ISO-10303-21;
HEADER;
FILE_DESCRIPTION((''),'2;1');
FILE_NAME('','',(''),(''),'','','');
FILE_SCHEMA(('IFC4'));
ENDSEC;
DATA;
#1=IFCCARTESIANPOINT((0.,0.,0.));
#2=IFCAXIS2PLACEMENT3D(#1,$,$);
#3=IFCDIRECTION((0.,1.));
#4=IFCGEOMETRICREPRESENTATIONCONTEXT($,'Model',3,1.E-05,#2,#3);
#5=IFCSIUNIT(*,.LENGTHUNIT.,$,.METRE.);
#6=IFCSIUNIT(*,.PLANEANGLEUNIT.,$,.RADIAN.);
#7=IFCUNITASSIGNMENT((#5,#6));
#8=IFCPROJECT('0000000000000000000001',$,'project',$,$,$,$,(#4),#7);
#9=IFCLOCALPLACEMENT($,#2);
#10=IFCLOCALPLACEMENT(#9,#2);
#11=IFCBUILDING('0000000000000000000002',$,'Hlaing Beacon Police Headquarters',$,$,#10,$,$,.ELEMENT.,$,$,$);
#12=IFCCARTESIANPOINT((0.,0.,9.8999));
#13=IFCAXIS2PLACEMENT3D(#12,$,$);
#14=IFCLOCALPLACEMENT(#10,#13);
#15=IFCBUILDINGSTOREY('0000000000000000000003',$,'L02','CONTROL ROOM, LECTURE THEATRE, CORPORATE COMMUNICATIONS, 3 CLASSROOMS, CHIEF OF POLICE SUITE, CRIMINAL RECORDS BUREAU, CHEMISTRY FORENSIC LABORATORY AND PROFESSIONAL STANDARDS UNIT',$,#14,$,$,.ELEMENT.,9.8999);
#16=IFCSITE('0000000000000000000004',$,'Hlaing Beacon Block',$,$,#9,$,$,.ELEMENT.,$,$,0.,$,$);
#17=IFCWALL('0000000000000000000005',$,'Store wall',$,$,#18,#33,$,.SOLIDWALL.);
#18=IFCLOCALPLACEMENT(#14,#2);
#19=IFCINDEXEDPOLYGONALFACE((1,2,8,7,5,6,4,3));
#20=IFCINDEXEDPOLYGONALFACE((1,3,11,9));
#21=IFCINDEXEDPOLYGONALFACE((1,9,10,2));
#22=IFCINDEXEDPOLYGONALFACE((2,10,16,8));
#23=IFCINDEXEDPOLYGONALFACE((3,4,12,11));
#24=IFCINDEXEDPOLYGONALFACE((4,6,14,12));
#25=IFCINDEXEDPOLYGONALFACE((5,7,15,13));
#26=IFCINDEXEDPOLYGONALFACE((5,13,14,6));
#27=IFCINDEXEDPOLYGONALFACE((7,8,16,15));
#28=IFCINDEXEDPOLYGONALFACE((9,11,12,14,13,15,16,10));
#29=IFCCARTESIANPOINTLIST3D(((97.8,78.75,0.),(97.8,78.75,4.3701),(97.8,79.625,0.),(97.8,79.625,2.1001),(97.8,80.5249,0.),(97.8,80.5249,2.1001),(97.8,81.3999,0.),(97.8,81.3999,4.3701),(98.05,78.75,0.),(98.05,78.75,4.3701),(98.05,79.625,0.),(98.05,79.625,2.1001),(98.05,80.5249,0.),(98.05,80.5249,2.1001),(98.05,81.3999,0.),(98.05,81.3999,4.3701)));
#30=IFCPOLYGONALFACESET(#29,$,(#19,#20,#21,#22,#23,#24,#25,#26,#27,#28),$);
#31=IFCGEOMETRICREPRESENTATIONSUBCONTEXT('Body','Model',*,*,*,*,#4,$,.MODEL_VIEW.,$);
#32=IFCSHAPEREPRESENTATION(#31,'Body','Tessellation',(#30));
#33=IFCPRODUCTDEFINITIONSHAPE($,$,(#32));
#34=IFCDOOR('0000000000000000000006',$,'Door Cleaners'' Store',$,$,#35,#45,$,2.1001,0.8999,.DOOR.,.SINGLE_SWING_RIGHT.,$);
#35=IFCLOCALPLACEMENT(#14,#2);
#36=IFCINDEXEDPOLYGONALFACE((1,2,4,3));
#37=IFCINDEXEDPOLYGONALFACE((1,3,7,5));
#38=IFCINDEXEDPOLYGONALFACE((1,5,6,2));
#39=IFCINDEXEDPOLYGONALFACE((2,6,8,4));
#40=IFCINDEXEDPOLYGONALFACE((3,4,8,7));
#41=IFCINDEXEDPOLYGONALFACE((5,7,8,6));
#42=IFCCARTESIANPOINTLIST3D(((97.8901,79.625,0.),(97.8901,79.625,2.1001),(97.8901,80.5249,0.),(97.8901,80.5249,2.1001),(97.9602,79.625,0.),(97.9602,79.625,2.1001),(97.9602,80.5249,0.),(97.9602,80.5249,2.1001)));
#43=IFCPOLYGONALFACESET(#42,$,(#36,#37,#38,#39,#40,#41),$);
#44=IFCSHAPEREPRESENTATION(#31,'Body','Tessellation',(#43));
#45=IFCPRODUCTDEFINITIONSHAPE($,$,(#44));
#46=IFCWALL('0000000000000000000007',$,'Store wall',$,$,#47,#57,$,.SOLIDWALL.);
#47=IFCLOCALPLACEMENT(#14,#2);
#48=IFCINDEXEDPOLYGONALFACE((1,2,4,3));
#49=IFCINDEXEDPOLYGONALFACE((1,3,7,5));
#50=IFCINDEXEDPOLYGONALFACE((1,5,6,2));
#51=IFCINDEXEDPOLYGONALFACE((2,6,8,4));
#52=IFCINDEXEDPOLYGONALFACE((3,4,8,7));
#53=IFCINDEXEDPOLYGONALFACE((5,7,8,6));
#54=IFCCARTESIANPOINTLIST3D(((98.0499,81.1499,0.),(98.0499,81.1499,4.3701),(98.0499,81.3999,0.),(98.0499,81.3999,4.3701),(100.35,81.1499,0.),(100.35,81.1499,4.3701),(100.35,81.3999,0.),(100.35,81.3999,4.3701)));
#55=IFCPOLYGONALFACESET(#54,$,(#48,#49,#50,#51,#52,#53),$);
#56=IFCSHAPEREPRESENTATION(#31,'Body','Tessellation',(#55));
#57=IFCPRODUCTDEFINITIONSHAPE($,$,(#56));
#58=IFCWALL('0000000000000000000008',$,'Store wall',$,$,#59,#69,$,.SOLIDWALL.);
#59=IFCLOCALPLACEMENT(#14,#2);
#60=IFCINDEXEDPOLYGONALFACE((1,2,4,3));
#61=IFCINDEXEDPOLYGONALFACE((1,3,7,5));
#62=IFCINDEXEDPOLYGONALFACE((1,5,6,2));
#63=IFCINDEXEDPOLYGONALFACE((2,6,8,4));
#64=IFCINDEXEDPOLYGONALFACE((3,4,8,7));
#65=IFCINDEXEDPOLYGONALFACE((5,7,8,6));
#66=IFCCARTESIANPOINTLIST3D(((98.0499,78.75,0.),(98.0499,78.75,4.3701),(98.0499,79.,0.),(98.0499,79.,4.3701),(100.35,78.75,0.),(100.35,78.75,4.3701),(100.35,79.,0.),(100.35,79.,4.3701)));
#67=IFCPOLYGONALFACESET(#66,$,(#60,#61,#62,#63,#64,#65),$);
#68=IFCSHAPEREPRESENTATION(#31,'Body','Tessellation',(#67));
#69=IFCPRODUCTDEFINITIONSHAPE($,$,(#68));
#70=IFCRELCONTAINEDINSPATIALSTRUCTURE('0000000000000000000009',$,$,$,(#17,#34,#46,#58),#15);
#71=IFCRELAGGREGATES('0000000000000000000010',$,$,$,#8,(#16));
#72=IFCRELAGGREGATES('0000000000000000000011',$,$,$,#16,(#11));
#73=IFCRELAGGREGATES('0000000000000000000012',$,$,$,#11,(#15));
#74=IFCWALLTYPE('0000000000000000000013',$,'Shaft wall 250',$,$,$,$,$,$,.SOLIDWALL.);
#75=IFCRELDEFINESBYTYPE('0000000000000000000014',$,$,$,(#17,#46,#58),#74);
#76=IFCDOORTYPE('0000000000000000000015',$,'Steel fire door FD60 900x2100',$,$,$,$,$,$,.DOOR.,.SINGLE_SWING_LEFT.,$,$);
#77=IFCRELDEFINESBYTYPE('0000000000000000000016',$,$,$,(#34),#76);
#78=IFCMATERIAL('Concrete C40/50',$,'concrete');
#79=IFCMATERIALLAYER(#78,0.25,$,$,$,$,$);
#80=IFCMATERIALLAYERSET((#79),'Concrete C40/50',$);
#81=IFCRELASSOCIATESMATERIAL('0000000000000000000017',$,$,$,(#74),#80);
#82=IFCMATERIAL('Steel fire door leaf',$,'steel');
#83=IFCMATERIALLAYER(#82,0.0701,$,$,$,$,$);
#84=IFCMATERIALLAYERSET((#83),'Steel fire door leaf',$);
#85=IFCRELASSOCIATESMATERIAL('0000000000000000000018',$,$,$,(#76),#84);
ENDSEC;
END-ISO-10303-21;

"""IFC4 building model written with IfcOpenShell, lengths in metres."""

from ifc_helpers import new_model, si_unit, direction, frame, frame_2d, origin, place, context, subcontext, project, spatial, rectangle, extrude, material, layer, layer_set, type_object, element, fill, save


model = new_model("IFC4")

# Units and contexts
model_context = context("Model", 3, precision=1e-05, world=origin(), true_north=direction((0.0, 1.0)))
body_context = subcontext(model_context, "Body", "Model", "MODEL_VIEW")
ifc_project = project(units=[si_unit("LENGTHUNIT", "METRE"), si_unit("PLANEANGLEUNIT", "RADIAN")], contexts=[model_context])

# Site, building, storey
site_placement = place(None, origin())
site = spatial("IfcSite", under=ifc_project, at=site_placement, Name="Hlaing Beacon Block", CompositionType="ELEMENT", RefElevation=0.0)
building_placement = place(site_placement, origin())
building = spatial("IfcBuilding", under=site, at=building_placement, Name="Hlaing Beacon Police Headquarters", CompositionType="ELEMENT")
storey_placement = place(building_placement, frame((0.0, 0.0, 9.8999)))
storey = spatial("IfcBuildingStorey", under=building, at=storey_placement, Name="L02", Description="CONTROL ROOM, LECTURE THEATRE, CORPORATE COMMUNICATIONS, 3 CLASSROOMS, CHIEF OF POLICE SUITE, CRIMINAL RECORDS BUREAU, CHEMISTRY FORENSIC LABORATORY AND PROFESSIONAL STANDARDS UNIT", CompositionType="ELEMENT", Elevation=9.8999)

# Wall, opening, door
ifc_material_1 = material(Name="Concrete C40/50", Category="concrete")
ifc_layer_1 = layer(ifc_material_1, 0.25)
ifc_layer_set_1 = layer_set([ifc_layer_1], Name="Concrete C40/50")
wall_type_1 = type_object("IfcWallType", Name="Shaft wall 250", PredefinedType="SOLIDWALL", material=ifc_layer_set_1)
wall_1_placement = place(storey_placement, frame((97.925, 81.3999, 0.0), z_axis=(0.0, 0.0, 1.0), x_axis=(0.0, -1.0, 0.0)))
wall_1 = element("IfcWall", 1, at=wall_1_placement, inside=storey, type_object=wall_type_1, Name="Store wall", PredefinedType="SOLIDWALL", context=body_context, shape_type="SweptSolid", body=[
    extrude(rectangle(XDim=2.6499, YDim=0.25, at=frame_2d((1.325, 0.0))), origin(), (0.0, 0.0, 1.0), 4.3701),
])
opening_1_placement = place(wall_1_placement, frame((0.875, 0.0, 0.0)))
opening_1 = element("IfcOpeningElement", 2, at=opening_1_placement, cuts=wall_1, PredefinedType="OPENING", context=body_context, shape_type="SweptSolid", body=[
    extrude(rectangle(XDim=0.8999, YDim=2.1001, at=frame_2d((0.45, 1.05))), frame((0.0, 0.135, 0.0), z_axis=(0.0, -1.0, 0.0), x_axis=(1.0, 0.0, 0.0)), (0.0, 0.0, 1.0), 0.27),
])
ifc_material_2 = material(Name="Steel fire door leaf", Category="steel")
ifc_layer_2 = layer(ifc_material_2, 0.0701)
ifc_layer_set_2 = layer_set([ifc_layer_2], Name="Steel fire door leaf")
door_type_1 = type_object("IfcDoorType", Name="Steel fire door FD60 900x2100", OperationType="SINGLE_SWING_LEFT", PredefinedType="DOOR", material=ifc_layer_set_2)
door_1_placement = place(opening_1_placement, origin())
door_1 = element("IfcDoor", 3, at=door_1_placement, inside=storey, type_object=door_type_1, Name="Door Cleaners' Store", OperationType="SINGLE_SWING_RIGHT", OverallHeight=2.1001, OverallWidth=0.8999, PredefinedType="DOOR", context=body_context, shape_type="SweptSolid", body=[
    extrude(rectangle(XDim=0.8999, YDim=2.1001, at=frame_2d((0.45, 1.05))), frame((0.0, 0.0352, 0.0), z_axis=(0.0, -1.0, 0.0), x_axis=(1.0, 0.0, 0.0)), (0.0, 0.0, 1.0), 0.0701),
])
fill(opening_1, door_1)

# Walls
for number, where, z_axis, x_axis, name in (
    (4, (98.05, 81.2749, 0.0), (0.0, 0.0, 1.0), (1.0, 0.0, 0.0), "Store wall"),
    (5, (98.05, 78.875, 0.0), (0.0, 0.0, 1.0), (1.0, 0.0, 0.0), "Store wall"),
):
    element("IfcWall", number, at=place(storey_placement, frame(where, z_axis=z_axis, x_axis=x_axis)), inside=storey, type_object=wall_type_1, Name=name, PredefinedType="SOLIDWALL", context=body_context, shape_type="SweptSolid", body=[
        extrude(rectangle(XDim=2.3, YDim=0.25, at=frame_2d((1.1499, 0.0))), origin(), (0.0, 0.0, 1.0), 4.3701),
    ])

save(model, "model.ifc")
